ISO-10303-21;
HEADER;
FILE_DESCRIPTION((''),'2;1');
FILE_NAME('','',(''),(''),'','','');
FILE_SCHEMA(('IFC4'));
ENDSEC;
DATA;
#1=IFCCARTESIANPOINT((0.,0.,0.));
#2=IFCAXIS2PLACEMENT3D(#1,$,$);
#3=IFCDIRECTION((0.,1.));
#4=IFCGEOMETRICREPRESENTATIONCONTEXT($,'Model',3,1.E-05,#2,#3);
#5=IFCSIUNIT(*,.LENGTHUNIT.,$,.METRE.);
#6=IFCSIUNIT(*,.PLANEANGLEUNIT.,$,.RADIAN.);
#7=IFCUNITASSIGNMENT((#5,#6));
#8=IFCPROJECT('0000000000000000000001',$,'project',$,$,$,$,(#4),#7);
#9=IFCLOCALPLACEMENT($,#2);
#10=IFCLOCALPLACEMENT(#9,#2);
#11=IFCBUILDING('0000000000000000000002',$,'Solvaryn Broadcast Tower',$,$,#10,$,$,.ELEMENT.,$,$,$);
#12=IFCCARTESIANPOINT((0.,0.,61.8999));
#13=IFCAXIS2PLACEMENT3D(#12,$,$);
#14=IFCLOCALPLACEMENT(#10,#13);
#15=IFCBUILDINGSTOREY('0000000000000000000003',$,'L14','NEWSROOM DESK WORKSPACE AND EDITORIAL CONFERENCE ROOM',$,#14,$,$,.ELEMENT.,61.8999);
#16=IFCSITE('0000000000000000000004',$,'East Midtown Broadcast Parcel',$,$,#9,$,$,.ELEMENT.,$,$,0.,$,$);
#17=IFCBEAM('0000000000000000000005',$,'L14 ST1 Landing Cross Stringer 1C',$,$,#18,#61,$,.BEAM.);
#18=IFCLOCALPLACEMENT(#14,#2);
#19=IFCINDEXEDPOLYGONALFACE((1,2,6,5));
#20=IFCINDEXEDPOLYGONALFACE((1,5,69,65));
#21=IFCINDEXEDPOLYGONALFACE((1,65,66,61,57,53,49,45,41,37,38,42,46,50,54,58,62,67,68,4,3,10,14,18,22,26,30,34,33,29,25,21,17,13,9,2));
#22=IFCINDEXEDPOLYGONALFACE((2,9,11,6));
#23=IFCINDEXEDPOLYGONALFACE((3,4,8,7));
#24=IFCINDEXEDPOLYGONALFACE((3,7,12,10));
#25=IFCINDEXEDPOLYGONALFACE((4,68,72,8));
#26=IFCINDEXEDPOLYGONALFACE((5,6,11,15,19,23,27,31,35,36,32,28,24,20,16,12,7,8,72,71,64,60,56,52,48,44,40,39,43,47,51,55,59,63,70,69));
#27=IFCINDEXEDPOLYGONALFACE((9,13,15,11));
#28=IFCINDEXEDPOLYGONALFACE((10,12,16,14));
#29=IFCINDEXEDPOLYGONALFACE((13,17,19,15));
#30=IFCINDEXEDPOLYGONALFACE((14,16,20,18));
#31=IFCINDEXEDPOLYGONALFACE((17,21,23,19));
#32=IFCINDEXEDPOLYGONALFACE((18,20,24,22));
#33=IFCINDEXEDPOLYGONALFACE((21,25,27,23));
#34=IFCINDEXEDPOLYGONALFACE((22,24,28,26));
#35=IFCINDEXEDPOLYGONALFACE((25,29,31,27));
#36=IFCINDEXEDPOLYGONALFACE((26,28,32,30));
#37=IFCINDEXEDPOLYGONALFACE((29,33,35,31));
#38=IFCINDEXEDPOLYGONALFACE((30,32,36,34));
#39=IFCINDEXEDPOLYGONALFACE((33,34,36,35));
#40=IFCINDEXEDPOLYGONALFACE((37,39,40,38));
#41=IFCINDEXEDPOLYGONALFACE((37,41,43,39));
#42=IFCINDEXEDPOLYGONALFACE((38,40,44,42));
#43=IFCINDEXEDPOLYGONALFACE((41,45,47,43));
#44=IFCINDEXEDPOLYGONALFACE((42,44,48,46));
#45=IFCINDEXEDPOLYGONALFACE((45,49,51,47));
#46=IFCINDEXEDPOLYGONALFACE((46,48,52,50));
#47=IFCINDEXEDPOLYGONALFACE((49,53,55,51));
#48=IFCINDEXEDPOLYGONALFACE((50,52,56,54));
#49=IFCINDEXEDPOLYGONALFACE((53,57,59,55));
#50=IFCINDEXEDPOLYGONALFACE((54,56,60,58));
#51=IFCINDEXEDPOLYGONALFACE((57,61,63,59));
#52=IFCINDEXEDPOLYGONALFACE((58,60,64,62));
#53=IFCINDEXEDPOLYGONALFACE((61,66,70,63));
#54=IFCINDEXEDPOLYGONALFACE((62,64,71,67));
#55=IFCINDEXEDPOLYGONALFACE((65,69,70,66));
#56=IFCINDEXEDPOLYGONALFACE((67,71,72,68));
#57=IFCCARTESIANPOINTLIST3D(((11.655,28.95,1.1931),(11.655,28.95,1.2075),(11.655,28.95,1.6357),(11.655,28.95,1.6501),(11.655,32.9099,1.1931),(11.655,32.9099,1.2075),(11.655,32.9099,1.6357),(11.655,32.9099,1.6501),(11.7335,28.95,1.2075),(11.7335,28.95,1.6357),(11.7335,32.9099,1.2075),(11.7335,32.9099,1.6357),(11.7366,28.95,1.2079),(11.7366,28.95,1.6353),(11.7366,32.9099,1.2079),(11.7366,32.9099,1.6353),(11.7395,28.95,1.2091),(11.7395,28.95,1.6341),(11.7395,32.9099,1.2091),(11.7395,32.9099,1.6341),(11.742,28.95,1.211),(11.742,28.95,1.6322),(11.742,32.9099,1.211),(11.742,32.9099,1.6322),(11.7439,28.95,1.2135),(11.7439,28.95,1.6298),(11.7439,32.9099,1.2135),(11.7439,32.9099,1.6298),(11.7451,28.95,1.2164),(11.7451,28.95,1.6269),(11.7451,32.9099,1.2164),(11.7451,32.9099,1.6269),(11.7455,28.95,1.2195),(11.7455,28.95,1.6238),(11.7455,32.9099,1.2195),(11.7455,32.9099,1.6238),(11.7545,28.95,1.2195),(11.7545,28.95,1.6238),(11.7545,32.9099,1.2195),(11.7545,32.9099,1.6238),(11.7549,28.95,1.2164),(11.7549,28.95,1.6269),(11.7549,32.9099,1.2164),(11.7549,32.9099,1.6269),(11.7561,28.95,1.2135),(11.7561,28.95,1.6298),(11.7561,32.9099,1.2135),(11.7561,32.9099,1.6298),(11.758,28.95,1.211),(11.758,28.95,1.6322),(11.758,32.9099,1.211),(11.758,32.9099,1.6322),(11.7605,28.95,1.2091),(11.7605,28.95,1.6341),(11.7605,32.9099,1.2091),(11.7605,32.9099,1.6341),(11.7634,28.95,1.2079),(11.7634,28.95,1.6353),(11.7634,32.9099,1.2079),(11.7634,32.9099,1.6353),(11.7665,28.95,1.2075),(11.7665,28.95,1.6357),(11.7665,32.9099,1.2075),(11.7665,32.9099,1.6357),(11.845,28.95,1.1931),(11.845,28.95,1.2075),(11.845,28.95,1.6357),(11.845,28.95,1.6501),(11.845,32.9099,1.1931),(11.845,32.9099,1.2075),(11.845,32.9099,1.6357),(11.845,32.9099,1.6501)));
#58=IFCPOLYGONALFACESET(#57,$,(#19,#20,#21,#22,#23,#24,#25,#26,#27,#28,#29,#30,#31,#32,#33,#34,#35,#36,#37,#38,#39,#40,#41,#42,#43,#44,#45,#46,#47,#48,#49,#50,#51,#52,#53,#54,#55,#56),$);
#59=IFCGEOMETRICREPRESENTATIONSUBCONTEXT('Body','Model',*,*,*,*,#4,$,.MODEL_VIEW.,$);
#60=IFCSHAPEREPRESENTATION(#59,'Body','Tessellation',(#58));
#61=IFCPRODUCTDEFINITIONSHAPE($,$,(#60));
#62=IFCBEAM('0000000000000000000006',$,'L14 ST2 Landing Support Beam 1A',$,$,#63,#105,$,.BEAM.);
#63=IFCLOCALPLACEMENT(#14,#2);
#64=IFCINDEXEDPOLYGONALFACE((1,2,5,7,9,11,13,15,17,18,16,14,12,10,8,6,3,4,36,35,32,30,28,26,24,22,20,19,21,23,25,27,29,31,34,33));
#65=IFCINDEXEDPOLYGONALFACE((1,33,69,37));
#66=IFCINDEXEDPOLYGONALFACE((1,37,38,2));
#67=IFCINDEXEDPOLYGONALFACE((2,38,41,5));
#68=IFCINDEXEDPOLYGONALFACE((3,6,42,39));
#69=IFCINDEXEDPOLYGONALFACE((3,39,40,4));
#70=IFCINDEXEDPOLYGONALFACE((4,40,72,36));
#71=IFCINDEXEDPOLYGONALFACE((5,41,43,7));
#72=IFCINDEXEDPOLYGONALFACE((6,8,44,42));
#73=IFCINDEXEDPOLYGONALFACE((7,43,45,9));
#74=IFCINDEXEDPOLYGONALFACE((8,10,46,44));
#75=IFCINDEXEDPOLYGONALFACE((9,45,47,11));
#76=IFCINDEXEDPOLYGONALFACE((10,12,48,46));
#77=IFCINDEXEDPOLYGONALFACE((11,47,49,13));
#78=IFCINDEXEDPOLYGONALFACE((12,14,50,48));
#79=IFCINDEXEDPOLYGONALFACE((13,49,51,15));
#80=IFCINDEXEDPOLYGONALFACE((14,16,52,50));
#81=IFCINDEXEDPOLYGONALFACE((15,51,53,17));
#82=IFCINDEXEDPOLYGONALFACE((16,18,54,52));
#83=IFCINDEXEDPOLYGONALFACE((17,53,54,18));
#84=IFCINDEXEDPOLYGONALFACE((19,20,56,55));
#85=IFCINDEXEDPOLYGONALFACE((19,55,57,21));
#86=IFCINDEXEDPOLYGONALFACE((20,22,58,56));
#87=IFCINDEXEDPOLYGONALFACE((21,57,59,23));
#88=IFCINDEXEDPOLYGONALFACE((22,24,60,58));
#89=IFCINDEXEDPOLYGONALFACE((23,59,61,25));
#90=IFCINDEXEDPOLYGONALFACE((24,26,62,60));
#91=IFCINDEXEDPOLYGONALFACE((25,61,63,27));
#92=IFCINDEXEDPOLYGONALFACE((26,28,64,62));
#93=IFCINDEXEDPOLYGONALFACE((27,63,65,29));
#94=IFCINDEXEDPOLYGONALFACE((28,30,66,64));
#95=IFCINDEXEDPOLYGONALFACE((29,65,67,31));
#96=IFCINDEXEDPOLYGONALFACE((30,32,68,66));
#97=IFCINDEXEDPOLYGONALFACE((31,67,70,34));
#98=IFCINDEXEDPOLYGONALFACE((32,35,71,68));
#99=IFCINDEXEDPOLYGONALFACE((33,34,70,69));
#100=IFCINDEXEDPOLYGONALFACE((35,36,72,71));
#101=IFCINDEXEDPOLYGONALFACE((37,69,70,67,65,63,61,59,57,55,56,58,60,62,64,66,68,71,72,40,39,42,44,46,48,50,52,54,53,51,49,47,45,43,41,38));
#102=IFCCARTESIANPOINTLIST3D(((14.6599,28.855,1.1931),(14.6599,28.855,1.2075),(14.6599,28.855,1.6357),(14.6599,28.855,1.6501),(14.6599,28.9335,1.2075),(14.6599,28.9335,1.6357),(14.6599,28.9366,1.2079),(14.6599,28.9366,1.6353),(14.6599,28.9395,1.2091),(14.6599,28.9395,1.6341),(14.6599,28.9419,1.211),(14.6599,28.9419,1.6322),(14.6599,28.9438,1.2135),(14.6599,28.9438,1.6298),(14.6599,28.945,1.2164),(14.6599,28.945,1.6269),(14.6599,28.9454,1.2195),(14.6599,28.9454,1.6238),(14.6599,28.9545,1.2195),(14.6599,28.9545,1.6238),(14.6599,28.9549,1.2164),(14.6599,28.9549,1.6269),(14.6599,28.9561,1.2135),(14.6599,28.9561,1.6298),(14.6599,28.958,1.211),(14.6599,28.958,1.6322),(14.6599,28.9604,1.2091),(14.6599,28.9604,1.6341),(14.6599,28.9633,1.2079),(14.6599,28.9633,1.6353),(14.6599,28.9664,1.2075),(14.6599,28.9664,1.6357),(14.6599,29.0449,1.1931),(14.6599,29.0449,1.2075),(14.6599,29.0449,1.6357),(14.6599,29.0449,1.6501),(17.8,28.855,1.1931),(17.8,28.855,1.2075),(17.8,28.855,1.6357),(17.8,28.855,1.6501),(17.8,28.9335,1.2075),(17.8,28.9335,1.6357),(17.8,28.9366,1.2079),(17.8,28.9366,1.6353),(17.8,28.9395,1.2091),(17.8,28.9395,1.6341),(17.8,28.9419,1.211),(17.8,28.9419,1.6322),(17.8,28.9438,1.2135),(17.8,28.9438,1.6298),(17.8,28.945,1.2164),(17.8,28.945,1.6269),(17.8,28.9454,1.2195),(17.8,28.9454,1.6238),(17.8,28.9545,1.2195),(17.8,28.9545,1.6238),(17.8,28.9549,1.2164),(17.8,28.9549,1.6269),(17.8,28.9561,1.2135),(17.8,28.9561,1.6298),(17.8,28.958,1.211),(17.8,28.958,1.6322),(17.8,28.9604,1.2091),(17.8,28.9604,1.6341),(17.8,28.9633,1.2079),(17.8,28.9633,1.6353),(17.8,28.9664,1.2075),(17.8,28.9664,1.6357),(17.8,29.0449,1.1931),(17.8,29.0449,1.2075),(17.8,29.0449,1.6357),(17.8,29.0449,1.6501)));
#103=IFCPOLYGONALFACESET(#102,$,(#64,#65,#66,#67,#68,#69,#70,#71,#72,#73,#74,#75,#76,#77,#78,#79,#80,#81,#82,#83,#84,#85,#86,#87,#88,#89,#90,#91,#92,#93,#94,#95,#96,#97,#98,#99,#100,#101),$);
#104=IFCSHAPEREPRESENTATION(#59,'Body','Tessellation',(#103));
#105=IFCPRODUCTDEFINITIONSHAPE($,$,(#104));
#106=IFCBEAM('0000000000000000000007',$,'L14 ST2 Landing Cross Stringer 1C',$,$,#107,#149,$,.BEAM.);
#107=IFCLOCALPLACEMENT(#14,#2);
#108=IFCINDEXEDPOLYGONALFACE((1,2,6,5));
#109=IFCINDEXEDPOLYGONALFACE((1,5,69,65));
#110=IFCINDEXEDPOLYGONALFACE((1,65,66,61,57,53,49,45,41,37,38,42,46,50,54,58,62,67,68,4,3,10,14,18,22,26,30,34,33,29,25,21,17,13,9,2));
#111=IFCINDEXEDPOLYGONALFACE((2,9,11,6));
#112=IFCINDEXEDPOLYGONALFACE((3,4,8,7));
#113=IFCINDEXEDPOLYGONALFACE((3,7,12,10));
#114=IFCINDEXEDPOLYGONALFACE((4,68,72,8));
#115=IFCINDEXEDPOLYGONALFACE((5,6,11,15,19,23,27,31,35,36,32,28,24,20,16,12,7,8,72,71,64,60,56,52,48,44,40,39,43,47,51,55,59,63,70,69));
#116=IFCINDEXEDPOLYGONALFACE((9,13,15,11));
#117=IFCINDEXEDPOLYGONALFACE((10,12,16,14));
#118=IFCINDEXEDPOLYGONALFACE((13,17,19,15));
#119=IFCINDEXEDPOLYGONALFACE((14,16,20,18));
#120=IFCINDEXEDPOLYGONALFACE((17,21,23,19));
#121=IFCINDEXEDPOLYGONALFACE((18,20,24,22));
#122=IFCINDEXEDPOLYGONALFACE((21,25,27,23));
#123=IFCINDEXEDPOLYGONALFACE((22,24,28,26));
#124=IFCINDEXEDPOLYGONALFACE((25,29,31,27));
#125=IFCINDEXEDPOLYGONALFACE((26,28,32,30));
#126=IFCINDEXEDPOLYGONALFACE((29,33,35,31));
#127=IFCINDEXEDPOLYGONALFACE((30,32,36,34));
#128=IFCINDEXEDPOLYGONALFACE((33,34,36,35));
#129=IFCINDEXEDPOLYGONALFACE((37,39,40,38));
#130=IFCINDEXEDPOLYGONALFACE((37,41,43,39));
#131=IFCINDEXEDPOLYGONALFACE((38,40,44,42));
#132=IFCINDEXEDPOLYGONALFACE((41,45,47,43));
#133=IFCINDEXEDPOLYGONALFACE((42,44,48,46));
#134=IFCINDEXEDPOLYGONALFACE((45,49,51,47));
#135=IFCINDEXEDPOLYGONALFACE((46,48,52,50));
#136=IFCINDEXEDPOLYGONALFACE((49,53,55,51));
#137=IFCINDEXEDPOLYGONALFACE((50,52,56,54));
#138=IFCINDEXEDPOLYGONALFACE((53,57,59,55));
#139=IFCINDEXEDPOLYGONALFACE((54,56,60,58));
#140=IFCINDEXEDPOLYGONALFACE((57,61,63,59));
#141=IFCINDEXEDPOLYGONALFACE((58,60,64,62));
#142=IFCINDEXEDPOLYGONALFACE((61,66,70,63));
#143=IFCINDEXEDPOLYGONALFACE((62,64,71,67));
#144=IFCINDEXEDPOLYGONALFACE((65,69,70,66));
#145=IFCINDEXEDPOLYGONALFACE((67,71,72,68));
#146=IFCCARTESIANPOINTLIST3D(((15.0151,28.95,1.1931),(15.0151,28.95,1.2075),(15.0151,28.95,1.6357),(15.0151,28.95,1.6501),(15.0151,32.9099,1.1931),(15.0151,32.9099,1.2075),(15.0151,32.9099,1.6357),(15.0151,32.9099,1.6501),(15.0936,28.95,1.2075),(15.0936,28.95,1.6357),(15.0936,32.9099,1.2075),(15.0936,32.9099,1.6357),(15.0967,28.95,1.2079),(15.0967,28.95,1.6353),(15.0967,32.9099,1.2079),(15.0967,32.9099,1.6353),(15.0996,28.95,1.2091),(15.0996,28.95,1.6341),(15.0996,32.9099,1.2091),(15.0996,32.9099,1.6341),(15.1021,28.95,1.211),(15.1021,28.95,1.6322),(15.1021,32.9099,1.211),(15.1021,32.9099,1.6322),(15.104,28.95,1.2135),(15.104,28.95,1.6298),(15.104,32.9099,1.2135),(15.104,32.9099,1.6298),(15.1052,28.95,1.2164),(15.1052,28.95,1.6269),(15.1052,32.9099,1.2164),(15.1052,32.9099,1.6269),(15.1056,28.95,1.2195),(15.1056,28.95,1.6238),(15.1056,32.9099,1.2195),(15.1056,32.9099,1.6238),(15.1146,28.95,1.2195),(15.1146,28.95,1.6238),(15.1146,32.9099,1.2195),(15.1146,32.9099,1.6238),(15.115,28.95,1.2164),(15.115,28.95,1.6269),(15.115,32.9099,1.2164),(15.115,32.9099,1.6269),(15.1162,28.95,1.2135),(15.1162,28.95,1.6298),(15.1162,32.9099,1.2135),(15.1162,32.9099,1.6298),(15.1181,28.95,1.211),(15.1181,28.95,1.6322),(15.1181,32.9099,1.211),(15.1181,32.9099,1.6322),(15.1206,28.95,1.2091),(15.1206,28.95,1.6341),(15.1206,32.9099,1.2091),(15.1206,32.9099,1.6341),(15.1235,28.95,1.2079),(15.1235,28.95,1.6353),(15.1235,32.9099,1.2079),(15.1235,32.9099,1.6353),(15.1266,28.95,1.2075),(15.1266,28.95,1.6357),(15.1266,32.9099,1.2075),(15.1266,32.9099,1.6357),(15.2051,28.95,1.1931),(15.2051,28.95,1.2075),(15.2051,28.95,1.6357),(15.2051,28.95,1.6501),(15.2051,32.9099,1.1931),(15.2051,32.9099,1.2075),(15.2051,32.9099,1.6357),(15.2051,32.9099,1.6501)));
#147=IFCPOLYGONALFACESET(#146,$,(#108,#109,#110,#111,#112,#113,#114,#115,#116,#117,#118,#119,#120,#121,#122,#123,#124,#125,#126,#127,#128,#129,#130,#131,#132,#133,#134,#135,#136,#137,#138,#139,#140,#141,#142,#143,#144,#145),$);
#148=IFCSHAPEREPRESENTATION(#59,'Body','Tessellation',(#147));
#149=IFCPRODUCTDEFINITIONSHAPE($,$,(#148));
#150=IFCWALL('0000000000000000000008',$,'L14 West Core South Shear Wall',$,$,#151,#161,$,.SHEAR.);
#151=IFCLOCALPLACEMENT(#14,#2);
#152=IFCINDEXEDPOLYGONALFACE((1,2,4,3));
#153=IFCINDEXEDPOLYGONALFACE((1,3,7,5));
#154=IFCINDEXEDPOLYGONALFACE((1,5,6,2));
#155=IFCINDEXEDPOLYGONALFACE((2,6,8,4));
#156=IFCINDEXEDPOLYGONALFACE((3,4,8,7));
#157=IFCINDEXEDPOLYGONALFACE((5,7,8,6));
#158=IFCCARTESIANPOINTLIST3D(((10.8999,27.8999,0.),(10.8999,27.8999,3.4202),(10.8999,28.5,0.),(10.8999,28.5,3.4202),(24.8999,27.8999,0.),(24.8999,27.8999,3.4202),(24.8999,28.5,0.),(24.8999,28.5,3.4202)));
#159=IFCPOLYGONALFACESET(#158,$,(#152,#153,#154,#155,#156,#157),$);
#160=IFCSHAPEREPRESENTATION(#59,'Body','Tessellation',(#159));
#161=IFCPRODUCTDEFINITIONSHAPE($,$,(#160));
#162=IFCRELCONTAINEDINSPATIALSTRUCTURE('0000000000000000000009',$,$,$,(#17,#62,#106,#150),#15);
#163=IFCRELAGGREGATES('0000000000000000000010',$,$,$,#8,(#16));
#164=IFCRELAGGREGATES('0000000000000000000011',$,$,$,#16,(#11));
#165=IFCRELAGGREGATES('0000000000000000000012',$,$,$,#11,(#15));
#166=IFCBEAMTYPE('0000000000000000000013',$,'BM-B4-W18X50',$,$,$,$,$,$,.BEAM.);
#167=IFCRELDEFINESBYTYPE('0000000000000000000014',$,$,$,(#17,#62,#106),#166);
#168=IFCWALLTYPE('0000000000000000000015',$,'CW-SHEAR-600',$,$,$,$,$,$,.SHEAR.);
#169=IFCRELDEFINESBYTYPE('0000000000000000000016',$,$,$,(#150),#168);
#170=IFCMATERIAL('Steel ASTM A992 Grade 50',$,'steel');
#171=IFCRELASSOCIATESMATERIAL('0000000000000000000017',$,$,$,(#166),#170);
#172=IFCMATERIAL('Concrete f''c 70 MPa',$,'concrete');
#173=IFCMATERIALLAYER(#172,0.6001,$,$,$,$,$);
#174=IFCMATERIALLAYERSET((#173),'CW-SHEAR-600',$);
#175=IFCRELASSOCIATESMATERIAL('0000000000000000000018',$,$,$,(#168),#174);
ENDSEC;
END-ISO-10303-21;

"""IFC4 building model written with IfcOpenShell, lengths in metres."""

from ifc_helpers import new_model, si_unit, direction, frame, frame_2d, origin, origin_2d, place, context, subcontext, project, spatial, rectangle, i_section, extrude, material, layer, layer_set, material_profile, profile_set, type_object, element, save


model = new_model("IFC4")

# Units and contexts
model_context = context("Model", 3, precision=1e-05, world=origin(), true_north=direction((0.0, 1.0)))
body_context = subcontext(model_context, "Body", "Model", "MODEL_VIEW")
ifc_project = project(units=[si_unit("LENGTHUNIT", "METRE"), si_unit("PLANEANGLEUNIT", "RADIAN")], contexts=[model_context])

# Site, building, storey
site_placement = place(None, origin())
site = spatial("IfcSite", under=ifc_project, at=site_placement, Name="East Midtown Broadcast Parcel", CompositionType="ELEMENT", RefElevation=0.0)
building_placement = place(site_placement, origin())
building = spatial("IfcBuilding", under=site, at=building_placement, Name="Solvaryn Broadcast Tower", CompositionType="ELEMENT")
storey_placement = place(building_placement, frame((0.0, 0.0, 61.8999)))
storey = spatial("IfcBuildingStorey", under=building, at=storey_placement, Name="L14", Description="NEWSROOM DESK WORKSPACE AND EDITORIAL CONFERENCE ROOM", CompositionType="ELEMENT", Elevation=61.8999)

# Beams
ifc_material_1 = material(Name="Steel ASTM A992 Grade 50", Category="steel")
ifc_material_profile_1 = material_profile(ifc_material_1, i_section(OverallWidth=0.1899, OverallDepth=0.457, WebThickness=0.009, FlangeThickness=0.0144, FilletRadius=0.012, at=origin_2d()))
ifc_profile_set_1 = profile_set([ifc_material_profile_1], Name="Steel ASTM A992 Grade 50")
beam_type_1 = type_object("IfcBeamType", Name="BM-B4-W18X50", PredefinedType="BEAM", material=ifc_profile_set_1)
beam_1_placement = place(storey_placement, frame((11.75, 28.95, 1.4216), z_axis=(0.0, 1.0, 0.0), x_axis=(-1.0, 0.0, 0.0)))
element("IfcBeam", 1, at=beam_1_placement, inside=storey, type_object=beam_type_1, Name="L14 ST1 Landing Cross Stringer 1C", PredefinedType="BEAM", context=body_context, shape_type="SweptSolid", body=[
    extrude(i_section(OverallWidth=0.1899, OverallDepth=0.457, WebThickness=0.009, FlangeThickness=0.0144, FilletRadius=0.012, at=origin_2d()), origin(), (0.0, 0.0, 1.0), 3.96),
])
beam_2_placement = place(storey_placement, frame((14.6599, 28.95, 1.4216), z_axis=(1.0, 0.0, 0.0), x_axis=(0.0, 1.0, 0.0)))
element("IfcBeam", 2, at=beam_2_placement, inside=storey, type_object=beam_type_1, Name="L14 ST2 Landing Support Beam 1A", PredefinedType="BEAM", context=body_context, shape_type="SweptSolid", body=[
    extrude(i_section(OverallWidth=0.1899, OverallDepth=0.457, WebThickness=0.009, FlangeThickness=0.0144, FilletRadius=0.012, at=origin_2d()), origin(), (0.0, 0.0, 1.0), 3.1401),
])
beam_3_placement = place(storey_placement, frame((15.1101, 28.95, 1.4216), z_axis=(0.0, 1.0, 0.0), x_axis=(-1.0, 0.0, 0.0)))
element("IfcBeam", 3, at=beam_3_placement, inside=storey, type_object=beam_type_1, Name="L14 ST2 Landing Cross Stringer 1C", PredefinedType="BEAM", context=body_context, shape_type="SweptSolid", body=[
    extrude(i_section(OverallWidth=0.1899, OverallDepth=0.457, WebThickness=0.009, FlangeThickness=0.0144, FilletRadius=0.012, at=origin_2d()), origin(), (0.0, 0.0, 1.0), 3.96),
])

# Wall
ifc_material_2 = material(Name="Concrete f'c 70 MPa", Category="concrete")
ifc_layer_1 = layer(ifc_material_2, 0.6001)
ifc_layer_set_1 = layer_set([ifc_layer_1], Name="CW-SHEAR-600")
wall_type_1 = type_object("IfcWallType", Name="CW-SHEAR-600", PredefinedType="SHEAR", material=ifc_layer_set_1)
wall_1_placement = place(storey_placement, frame((10.8999, 28.2, 0.0), z_axis=(0.0, 0.0, 1.0), x_axis=(1.0, 0.0, 0.0)))
element("IfcWall", 4, at=wall_1_placement, inside=storey, type_object=wall_type_1, Name="L14 West Core South Shear Wall", PredefinedType="SHEAR", context=body_context, shape_type="SweptSolid", body=[
    extrude(rectangle(XDim=14.0, YDim=0.6001, at=frame_2d((7.0, 0.0))), origin(), (0.0, 0.0, 1.0), 3.4202),
])

save(model, "model.ifc")
